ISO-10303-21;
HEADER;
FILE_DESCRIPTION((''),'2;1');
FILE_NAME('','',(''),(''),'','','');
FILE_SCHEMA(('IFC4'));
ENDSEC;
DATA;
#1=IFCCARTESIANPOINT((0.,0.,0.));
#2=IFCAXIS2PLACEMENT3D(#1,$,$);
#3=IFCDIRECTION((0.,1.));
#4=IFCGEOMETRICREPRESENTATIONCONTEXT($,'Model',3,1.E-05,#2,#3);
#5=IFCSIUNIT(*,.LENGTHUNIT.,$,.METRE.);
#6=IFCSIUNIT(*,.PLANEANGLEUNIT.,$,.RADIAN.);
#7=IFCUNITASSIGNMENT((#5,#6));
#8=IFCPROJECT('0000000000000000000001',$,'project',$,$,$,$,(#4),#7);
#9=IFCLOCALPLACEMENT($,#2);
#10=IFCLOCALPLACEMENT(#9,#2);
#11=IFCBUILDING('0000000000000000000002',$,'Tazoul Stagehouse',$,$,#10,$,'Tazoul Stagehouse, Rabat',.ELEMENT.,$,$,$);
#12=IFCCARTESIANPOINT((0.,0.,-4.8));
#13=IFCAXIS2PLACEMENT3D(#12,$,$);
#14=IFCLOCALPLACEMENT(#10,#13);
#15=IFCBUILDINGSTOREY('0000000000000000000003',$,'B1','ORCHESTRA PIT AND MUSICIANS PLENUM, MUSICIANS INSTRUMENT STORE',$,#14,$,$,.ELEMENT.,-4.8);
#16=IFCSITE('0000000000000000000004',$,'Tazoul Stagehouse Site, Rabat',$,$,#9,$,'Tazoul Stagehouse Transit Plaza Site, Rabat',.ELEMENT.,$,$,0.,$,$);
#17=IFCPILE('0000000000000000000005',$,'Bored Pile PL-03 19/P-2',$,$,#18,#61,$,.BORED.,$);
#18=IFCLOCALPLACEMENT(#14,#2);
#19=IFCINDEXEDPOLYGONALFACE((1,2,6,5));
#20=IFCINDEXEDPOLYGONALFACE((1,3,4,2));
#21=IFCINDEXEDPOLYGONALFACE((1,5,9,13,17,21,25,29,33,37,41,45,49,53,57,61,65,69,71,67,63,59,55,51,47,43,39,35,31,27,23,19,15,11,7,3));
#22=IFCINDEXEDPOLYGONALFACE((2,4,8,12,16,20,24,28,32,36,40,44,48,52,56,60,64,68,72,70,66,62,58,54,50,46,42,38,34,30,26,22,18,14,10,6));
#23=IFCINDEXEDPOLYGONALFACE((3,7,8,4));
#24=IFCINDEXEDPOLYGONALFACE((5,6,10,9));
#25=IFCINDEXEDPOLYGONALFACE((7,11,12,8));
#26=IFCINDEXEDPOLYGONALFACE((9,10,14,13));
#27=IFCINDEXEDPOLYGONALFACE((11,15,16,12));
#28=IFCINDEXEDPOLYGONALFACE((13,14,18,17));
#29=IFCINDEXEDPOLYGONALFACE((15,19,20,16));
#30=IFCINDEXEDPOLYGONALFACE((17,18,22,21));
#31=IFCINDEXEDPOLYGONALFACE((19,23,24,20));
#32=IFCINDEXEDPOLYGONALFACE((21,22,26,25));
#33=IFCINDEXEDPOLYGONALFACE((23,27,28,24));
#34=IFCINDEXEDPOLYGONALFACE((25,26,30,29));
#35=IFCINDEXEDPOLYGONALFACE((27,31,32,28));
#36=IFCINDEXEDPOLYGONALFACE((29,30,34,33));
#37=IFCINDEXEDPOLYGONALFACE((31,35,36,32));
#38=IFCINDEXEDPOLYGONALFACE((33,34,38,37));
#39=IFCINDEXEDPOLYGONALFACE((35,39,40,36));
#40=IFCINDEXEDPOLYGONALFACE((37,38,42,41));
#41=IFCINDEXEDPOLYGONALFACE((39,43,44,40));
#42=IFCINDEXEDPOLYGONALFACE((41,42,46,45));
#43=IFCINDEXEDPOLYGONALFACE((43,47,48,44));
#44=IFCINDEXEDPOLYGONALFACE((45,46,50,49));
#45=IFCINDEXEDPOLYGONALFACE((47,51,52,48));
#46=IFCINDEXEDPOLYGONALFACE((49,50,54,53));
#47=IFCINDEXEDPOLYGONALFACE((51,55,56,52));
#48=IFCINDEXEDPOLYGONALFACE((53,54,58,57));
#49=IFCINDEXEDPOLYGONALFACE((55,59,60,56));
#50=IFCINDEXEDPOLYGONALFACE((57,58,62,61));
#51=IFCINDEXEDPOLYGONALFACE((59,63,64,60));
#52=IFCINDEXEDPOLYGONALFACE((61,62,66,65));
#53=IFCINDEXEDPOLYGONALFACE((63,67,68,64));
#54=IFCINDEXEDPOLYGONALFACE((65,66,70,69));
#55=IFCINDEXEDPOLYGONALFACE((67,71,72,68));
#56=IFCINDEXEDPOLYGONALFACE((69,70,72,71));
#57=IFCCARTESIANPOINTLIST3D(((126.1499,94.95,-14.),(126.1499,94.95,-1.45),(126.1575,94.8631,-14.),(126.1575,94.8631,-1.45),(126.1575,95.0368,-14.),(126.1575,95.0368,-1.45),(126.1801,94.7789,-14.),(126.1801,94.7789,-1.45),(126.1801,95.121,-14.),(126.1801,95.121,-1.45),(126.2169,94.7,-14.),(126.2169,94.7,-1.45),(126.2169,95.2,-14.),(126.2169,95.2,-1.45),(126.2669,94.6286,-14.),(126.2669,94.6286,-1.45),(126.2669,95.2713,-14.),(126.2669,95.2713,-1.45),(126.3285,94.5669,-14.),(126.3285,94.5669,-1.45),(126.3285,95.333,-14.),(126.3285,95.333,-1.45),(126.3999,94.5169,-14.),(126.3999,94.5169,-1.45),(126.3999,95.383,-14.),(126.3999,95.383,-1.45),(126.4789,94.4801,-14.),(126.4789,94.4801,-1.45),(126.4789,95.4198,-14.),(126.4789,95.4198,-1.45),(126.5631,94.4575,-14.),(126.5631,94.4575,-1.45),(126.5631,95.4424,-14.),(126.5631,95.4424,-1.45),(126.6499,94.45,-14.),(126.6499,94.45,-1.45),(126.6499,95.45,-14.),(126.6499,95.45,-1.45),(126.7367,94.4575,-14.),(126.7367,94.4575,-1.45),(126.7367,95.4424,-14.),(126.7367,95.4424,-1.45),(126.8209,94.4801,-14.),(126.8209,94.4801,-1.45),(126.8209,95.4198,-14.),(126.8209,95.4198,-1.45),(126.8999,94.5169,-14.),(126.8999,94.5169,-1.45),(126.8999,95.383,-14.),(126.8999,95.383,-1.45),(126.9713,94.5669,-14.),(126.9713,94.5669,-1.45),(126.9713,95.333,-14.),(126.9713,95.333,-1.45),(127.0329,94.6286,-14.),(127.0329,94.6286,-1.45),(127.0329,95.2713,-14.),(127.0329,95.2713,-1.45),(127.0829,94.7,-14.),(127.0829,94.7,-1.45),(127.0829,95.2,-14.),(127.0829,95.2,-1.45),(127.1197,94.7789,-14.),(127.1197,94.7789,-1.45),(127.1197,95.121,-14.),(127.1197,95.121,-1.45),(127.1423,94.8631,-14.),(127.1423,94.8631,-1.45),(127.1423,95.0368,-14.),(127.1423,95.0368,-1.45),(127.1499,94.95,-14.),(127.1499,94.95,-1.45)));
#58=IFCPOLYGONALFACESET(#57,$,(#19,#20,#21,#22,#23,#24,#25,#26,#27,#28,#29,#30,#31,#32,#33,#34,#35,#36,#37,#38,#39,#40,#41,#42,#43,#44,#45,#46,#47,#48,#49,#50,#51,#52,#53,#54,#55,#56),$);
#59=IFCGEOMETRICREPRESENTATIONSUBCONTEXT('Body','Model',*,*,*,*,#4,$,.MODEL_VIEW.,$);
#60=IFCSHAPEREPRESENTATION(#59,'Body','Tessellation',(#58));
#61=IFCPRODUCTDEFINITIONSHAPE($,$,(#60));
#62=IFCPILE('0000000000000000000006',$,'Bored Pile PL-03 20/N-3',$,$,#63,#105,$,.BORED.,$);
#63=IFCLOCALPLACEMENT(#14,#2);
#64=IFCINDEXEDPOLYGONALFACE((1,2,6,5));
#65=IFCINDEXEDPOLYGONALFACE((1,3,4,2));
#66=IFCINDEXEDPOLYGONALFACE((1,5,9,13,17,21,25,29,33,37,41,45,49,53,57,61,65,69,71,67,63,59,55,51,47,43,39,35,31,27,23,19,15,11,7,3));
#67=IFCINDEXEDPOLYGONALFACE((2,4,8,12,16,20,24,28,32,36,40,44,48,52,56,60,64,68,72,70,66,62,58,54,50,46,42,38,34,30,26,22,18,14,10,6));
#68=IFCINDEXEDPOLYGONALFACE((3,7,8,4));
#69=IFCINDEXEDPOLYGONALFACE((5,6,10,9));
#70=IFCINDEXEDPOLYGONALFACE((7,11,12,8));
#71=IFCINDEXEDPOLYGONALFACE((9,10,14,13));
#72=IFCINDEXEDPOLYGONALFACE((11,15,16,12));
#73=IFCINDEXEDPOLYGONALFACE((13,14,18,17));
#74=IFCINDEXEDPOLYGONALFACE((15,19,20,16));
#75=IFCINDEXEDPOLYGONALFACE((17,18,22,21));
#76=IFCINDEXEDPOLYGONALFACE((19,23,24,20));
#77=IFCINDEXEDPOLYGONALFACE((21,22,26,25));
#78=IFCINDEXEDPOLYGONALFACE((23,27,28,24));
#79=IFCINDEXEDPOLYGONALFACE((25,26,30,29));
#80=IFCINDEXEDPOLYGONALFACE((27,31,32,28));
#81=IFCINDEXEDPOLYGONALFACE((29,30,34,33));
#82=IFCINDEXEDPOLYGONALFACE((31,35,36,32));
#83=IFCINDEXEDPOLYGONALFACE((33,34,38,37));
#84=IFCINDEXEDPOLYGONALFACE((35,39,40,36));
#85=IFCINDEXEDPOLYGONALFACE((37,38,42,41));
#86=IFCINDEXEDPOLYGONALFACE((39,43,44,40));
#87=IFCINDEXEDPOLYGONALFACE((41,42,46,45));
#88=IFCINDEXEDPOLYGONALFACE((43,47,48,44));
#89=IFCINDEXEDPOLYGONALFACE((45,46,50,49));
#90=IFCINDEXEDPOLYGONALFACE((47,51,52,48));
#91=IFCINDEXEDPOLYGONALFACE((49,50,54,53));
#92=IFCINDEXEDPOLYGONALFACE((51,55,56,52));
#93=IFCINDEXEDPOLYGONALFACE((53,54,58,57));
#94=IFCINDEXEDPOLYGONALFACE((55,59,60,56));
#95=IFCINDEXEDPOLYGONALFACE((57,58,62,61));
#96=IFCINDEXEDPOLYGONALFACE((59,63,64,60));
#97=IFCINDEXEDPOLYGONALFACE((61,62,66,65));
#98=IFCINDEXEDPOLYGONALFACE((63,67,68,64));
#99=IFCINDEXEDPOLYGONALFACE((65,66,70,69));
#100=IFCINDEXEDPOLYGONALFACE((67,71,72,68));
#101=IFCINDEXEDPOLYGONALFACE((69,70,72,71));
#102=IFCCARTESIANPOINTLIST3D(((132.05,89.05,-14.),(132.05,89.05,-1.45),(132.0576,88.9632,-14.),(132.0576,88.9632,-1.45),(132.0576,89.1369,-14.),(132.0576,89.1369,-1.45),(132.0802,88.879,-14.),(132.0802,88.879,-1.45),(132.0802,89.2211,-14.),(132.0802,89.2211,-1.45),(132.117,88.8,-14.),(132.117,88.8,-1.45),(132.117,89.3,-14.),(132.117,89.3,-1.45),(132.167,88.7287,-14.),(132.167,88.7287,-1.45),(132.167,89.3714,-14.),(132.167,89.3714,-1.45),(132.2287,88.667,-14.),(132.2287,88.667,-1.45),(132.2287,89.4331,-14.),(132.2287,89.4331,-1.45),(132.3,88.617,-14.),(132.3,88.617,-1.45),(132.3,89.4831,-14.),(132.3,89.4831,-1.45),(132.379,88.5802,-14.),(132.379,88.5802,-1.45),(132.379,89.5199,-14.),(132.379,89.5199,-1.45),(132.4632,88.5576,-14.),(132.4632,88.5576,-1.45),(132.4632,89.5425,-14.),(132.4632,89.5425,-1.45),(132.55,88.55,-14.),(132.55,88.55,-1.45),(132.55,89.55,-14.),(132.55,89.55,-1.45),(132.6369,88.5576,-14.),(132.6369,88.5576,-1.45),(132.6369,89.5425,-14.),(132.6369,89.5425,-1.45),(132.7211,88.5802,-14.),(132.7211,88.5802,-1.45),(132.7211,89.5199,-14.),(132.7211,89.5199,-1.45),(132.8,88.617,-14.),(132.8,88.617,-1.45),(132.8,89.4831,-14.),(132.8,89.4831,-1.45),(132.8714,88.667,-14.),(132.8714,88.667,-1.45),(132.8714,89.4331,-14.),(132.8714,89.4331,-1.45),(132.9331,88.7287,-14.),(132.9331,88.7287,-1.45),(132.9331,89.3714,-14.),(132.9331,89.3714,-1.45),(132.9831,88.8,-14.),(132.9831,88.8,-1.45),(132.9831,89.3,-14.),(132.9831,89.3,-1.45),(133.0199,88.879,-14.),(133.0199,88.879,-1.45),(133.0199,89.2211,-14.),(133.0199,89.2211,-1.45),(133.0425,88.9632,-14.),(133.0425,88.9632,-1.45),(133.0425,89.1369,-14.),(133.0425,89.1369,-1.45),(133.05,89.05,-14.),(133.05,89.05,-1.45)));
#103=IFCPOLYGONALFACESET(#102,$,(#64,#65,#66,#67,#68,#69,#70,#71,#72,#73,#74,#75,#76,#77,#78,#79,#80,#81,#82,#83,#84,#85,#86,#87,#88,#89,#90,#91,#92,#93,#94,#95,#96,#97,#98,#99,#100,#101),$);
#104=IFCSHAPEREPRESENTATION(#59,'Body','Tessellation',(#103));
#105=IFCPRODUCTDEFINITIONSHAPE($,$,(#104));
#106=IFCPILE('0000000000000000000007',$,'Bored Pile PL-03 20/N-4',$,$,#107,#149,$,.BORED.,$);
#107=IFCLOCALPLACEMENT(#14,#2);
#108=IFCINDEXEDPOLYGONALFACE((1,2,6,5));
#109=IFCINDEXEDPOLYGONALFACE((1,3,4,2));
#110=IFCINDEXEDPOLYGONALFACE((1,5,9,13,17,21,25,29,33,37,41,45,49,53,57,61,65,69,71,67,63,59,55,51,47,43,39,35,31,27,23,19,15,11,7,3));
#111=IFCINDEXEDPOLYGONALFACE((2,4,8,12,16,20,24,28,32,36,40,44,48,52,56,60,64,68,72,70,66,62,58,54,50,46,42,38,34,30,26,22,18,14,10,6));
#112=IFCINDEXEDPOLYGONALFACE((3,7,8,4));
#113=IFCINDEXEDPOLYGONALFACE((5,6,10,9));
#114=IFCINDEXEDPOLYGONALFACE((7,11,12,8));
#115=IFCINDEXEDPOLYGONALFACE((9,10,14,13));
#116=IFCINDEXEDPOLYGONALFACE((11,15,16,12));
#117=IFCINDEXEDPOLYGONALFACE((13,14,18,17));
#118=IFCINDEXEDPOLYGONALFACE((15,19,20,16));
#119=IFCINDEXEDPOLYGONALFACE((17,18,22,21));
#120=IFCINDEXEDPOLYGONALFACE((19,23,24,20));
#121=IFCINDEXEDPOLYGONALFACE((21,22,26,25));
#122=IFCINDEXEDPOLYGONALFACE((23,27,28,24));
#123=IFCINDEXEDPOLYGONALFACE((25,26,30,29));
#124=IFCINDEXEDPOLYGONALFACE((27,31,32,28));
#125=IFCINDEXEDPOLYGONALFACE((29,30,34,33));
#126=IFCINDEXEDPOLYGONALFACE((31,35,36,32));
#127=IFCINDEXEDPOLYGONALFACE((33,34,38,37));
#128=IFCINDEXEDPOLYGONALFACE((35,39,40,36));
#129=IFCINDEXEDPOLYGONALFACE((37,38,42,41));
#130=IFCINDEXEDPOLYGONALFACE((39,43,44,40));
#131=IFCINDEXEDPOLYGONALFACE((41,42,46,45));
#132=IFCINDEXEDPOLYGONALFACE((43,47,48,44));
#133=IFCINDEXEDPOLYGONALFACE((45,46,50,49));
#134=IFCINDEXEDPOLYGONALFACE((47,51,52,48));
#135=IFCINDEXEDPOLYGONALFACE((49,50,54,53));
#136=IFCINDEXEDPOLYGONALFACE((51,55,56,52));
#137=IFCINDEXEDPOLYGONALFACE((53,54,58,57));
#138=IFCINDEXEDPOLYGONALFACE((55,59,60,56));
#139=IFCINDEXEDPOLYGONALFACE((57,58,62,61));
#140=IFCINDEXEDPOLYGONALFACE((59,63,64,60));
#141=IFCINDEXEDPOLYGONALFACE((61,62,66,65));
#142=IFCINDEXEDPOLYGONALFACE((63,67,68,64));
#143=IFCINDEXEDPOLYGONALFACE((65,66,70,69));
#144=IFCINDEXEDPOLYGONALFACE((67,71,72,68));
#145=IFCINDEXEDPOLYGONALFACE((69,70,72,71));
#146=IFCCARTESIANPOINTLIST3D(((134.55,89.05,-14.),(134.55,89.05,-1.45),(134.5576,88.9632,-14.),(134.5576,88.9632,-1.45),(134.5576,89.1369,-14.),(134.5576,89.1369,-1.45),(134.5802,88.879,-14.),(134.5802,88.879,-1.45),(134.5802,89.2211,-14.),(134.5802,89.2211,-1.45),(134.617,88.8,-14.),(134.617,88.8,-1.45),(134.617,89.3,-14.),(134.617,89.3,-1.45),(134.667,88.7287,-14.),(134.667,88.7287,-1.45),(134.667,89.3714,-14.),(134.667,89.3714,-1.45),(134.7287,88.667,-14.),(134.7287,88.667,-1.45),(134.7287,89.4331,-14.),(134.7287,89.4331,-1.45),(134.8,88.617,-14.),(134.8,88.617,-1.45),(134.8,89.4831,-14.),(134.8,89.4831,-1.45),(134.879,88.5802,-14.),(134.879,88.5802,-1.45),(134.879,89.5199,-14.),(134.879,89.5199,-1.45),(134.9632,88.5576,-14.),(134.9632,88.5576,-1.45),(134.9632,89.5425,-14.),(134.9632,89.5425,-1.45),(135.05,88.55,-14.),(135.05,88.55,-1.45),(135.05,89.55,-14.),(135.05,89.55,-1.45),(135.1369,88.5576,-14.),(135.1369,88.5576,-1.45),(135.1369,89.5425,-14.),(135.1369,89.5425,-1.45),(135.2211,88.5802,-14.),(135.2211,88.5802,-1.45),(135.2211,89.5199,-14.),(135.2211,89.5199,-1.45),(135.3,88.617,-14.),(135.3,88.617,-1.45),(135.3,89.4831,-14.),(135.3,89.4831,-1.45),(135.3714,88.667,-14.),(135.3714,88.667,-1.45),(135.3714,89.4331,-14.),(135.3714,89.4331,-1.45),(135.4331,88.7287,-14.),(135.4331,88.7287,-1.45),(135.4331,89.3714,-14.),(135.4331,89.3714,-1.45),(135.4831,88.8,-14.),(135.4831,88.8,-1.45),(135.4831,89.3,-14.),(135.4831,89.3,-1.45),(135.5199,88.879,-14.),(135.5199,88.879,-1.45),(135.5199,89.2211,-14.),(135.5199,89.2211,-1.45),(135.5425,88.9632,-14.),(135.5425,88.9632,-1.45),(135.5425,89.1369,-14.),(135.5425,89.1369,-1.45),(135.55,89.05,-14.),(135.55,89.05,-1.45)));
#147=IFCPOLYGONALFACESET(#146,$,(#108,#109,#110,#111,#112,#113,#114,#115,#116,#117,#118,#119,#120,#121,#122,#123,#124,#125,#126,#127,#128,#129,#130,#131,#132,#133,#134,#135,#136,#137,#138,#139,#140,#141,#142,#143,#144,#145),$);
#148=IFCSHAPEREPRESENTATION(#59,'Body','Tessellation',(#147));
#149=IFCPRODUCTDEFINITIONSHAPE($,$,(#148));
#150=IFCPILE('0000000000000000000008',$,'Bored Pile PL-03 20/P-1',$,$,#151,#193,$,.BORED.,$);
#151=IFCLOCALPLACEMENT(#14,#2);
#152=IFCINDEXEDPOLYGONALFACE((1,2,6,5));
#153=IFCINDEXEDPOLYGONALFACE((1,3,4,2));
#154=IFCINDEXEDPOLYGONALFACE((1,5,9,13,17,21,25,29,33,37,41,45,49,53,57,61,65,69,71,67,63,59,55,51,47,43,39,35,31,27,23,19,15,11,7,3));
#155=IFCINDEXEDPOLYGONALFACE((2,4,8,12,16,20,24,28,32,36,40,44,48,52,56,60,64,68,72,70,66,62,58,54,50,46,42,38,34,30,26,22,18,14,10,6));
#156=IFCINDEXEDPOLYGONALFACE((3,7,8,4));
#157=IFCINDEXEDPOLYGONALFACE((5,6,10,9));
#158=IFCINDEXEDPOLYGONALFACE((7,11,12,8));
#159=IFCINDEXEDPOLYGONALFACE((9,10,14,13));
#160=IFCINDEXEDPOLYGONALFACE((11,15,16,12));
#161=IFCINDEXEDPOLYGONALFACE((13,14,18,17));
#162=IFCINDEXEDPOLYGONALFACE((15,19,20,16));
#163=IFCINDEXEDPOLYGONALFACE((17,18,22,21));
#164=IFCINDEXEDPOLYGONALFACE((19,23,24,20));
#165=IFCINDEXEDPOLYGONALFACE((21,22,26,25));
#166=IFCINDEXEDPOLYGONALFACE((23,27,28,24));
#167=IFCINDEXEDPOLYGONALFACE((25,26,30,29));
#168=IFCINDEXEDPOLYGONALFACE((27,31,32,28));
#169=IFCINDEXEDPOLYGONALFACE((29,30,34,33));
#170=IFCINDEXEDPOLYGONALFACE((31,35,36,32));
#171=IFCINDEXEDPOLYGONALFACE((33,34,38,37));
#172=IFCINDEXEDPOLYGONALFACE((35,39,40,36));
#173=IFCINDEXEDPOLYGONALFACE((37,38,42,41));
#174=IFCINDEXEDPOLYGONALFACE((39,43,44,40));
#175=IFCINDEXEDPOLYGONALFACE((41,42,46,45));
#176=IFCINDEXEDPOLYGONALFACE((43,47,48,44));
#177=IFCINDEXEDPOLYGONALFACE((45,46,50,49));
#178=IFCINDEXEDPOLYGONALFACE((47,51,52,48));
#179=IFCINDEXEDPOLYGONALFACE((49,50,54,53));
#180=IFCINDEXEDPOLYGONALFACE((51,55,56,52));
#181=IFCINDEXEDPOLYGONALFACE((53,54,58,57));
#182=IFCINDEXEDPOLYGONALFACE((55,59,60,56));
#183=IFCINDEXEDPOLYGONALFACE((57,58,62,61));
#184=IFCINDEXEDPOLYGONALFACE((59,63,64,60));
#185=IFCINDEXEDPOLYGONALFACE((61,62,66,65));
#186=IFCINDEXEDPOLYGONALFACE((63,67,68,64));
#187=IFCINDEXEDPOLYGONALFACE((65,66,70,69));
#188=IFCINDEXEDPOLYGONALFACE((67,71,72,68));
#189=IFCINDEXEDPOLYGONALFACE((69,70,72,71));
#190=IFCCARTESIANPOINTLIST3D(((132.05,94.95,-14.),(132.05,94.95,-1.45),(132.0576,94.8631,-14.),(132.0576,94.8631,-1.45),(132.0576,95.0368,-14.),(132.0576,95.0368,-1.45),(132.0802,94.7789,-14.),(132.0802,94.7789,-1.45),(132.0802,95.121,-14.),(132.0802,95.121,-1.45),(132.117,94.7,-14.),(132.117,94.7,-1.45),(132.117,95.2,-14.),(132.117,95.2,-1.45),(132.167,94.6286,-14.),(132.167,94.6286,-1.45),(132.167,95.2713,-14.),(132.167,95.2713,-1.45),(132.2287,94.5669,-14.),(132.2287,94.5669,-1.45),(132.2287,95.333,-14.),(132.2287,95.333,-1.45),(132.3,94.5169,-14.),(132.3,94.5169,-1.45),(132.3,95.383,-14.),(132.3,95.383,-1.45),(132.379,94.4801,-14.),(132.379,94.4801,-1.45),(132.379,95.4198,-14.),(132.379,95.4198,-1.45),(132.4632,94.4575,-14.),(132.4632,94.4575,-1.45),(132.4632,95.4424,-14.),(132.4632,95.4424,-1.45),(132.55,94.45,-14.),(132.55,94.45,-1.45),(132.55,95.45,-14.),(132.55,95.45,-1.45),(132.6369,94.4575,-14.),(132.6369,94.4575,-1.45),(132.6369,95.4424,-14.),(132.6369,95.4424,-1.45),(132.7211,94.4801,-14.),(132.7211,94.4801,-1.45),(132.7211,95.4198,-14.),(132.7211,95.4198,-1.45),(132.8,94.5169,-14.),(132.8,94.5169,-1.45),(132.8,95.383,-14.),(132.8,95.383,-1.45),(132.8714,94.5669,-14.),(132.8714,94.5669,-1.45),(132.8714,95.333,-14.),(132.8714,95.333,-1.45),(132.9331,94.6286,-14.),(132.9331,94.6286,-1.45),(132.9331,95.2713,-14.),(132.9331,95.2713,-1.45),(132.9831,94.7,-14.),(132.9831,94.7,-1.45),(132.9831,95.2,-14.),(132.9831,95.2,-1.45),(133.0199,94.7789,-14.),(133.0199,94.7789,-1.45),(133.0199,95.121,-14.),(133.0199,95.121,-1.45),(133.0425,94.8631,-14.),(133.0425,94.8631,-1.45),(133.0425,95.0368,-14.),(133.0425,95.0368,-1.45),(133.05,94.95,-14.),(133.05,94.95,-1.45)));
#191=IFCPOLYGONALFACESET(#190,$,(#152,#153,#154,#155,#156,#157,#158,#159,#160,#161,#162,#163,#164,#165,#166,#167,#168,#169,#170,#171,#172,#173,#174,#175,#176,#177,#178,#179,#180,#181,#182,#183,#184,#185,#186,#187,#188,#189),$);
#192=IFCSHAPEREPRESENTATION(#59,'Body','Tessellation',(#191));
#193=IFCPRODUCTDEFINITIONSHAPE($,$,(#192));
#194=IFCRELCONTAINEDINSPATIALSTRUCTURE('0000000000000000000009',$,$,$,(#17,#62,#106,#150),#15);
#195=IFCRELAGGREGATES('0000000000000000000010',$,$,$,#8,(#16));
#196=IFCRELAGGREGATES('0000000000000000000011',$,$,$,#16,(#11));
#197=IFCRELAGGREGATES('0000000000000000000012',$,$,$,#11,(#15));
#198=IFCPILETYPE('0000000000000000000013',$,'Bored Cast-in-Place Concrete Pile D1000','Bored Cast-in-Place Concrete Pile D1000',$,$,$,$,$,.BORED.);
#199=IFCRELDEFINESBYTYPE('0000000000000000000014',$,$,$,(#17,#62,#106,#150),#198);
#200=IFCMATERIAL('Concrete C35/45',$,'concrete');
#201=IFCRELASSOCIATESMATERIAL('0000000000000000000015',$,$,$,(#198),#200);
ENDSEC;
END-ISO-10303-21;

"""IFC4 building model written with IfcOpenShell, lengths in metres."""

from ifc_helpers import new_model, si_unit, direction, frame, origin, origin_2d, place, context, subcontext, project, spatial, circle, extrude, material, material_profile, profile_set, type_object, element, save


model = new_model("IFC4")

# Units and contexts
model_context = context("Model", 3, precision=1e-05, world=origin(), true_north=direction((0.0, 1.0)))
body_context = subcontext(model_context, "Body", "Model", "MODEL_VIEW")
ifc_project = project(units=[si_unit("LENGTHUNIT", "METRE"), si_unit("PLANEANGLEUNIT", "RADIAN")], contexts=[model_context])

# Site, building, storey
site_placement = place(None, origin())
site = spatial("IfcSite", under=ifc_project, at=site_placement, Name="Tazoul Stagehouse Site, Rabat", LongName="Tazoul Stagehouse Transit Plaza Site, Rabat", CompositionType="ELEMENT", RefElevation=0.0)
building_placement = place(site_placement, origin())
building = spatial("IfcBuilding", under=site, at=building_placement, Name="Tazoul Stagehouse", LongName="Tazoul Stagehouse, Rabat", CompositionType="ELEMENT")
storey_placement = place(building_placement, frame((0.0, 0.0, -4.8)))
storey = spatial("IfcBuildingStorey", under=building, at=storey_placement, Name="B1", Description="ORCHESTRA PIT AND MUSICIANS PLENUM, MUSICIANS INSTRUMENT STORE", CompositionType="ELEMENT", Elevation=-4.8)

# Piles
ifc_material_1 = material(Name="Concrete C35/45", Category="concrete")
ifc_material_profile_1 = material_profile(ifc_material_1, circle(Radius=0.5, at=origin_2d()), Name="BORED PILE 1000")
ifc_profile_set_1 = profile_set([ifc_material_profile_1], Name="Concrete C35/45")
pile_type = type_object("IfcPileType", Name="Bored Cast-in-Place Concrete Pile D1000", Description="Bored Cast-in-Place Concrete Pile D1000", PredefinedType="BORED", material=ifc_profile_set_1)
for number, where, z_axis, x_axis, name in (
    (1, (126.6499, 94.95, -1.45), (0.0, 0.0, -1.0), (1.0, 0.0, 0.0), "Bored Pile PL-03 19/P-2"),
    (2, (132.55, 89.05, -1.45), (0.0, 0.0, -1.0), (1.0, 0.0, 0.0), "Bored Pile PL-03 20/N-3"),
    (3, (135.05, 89.05, -1.45), (0.0, 0.0, -1.0), (1.0, 0.0, 0.0), "Bored Pile PL-03 20/N-4"),
    (4, (132.55, 94.95, -1.45), (0.0, 0.0, -1.0), (1.0, 0.0, 0.0), "Bored Pile PL-03 20/P-1"),
):
    element("IfcPile", number, at=place(storey_placement, frame(where, z_axis=z_axis, x_axis=x_axis)), inside=storey, type_object=pile_type, Name=name, PredefinedType="BORED", context=body_context, shape_type="SweptSolid", body=[
        extrude(circle(Radius=0.5, at=origin_2d()), origin(), (0.0, 0.0, 1.0), 12.55),
    ])

save(model, "model.ifc")
